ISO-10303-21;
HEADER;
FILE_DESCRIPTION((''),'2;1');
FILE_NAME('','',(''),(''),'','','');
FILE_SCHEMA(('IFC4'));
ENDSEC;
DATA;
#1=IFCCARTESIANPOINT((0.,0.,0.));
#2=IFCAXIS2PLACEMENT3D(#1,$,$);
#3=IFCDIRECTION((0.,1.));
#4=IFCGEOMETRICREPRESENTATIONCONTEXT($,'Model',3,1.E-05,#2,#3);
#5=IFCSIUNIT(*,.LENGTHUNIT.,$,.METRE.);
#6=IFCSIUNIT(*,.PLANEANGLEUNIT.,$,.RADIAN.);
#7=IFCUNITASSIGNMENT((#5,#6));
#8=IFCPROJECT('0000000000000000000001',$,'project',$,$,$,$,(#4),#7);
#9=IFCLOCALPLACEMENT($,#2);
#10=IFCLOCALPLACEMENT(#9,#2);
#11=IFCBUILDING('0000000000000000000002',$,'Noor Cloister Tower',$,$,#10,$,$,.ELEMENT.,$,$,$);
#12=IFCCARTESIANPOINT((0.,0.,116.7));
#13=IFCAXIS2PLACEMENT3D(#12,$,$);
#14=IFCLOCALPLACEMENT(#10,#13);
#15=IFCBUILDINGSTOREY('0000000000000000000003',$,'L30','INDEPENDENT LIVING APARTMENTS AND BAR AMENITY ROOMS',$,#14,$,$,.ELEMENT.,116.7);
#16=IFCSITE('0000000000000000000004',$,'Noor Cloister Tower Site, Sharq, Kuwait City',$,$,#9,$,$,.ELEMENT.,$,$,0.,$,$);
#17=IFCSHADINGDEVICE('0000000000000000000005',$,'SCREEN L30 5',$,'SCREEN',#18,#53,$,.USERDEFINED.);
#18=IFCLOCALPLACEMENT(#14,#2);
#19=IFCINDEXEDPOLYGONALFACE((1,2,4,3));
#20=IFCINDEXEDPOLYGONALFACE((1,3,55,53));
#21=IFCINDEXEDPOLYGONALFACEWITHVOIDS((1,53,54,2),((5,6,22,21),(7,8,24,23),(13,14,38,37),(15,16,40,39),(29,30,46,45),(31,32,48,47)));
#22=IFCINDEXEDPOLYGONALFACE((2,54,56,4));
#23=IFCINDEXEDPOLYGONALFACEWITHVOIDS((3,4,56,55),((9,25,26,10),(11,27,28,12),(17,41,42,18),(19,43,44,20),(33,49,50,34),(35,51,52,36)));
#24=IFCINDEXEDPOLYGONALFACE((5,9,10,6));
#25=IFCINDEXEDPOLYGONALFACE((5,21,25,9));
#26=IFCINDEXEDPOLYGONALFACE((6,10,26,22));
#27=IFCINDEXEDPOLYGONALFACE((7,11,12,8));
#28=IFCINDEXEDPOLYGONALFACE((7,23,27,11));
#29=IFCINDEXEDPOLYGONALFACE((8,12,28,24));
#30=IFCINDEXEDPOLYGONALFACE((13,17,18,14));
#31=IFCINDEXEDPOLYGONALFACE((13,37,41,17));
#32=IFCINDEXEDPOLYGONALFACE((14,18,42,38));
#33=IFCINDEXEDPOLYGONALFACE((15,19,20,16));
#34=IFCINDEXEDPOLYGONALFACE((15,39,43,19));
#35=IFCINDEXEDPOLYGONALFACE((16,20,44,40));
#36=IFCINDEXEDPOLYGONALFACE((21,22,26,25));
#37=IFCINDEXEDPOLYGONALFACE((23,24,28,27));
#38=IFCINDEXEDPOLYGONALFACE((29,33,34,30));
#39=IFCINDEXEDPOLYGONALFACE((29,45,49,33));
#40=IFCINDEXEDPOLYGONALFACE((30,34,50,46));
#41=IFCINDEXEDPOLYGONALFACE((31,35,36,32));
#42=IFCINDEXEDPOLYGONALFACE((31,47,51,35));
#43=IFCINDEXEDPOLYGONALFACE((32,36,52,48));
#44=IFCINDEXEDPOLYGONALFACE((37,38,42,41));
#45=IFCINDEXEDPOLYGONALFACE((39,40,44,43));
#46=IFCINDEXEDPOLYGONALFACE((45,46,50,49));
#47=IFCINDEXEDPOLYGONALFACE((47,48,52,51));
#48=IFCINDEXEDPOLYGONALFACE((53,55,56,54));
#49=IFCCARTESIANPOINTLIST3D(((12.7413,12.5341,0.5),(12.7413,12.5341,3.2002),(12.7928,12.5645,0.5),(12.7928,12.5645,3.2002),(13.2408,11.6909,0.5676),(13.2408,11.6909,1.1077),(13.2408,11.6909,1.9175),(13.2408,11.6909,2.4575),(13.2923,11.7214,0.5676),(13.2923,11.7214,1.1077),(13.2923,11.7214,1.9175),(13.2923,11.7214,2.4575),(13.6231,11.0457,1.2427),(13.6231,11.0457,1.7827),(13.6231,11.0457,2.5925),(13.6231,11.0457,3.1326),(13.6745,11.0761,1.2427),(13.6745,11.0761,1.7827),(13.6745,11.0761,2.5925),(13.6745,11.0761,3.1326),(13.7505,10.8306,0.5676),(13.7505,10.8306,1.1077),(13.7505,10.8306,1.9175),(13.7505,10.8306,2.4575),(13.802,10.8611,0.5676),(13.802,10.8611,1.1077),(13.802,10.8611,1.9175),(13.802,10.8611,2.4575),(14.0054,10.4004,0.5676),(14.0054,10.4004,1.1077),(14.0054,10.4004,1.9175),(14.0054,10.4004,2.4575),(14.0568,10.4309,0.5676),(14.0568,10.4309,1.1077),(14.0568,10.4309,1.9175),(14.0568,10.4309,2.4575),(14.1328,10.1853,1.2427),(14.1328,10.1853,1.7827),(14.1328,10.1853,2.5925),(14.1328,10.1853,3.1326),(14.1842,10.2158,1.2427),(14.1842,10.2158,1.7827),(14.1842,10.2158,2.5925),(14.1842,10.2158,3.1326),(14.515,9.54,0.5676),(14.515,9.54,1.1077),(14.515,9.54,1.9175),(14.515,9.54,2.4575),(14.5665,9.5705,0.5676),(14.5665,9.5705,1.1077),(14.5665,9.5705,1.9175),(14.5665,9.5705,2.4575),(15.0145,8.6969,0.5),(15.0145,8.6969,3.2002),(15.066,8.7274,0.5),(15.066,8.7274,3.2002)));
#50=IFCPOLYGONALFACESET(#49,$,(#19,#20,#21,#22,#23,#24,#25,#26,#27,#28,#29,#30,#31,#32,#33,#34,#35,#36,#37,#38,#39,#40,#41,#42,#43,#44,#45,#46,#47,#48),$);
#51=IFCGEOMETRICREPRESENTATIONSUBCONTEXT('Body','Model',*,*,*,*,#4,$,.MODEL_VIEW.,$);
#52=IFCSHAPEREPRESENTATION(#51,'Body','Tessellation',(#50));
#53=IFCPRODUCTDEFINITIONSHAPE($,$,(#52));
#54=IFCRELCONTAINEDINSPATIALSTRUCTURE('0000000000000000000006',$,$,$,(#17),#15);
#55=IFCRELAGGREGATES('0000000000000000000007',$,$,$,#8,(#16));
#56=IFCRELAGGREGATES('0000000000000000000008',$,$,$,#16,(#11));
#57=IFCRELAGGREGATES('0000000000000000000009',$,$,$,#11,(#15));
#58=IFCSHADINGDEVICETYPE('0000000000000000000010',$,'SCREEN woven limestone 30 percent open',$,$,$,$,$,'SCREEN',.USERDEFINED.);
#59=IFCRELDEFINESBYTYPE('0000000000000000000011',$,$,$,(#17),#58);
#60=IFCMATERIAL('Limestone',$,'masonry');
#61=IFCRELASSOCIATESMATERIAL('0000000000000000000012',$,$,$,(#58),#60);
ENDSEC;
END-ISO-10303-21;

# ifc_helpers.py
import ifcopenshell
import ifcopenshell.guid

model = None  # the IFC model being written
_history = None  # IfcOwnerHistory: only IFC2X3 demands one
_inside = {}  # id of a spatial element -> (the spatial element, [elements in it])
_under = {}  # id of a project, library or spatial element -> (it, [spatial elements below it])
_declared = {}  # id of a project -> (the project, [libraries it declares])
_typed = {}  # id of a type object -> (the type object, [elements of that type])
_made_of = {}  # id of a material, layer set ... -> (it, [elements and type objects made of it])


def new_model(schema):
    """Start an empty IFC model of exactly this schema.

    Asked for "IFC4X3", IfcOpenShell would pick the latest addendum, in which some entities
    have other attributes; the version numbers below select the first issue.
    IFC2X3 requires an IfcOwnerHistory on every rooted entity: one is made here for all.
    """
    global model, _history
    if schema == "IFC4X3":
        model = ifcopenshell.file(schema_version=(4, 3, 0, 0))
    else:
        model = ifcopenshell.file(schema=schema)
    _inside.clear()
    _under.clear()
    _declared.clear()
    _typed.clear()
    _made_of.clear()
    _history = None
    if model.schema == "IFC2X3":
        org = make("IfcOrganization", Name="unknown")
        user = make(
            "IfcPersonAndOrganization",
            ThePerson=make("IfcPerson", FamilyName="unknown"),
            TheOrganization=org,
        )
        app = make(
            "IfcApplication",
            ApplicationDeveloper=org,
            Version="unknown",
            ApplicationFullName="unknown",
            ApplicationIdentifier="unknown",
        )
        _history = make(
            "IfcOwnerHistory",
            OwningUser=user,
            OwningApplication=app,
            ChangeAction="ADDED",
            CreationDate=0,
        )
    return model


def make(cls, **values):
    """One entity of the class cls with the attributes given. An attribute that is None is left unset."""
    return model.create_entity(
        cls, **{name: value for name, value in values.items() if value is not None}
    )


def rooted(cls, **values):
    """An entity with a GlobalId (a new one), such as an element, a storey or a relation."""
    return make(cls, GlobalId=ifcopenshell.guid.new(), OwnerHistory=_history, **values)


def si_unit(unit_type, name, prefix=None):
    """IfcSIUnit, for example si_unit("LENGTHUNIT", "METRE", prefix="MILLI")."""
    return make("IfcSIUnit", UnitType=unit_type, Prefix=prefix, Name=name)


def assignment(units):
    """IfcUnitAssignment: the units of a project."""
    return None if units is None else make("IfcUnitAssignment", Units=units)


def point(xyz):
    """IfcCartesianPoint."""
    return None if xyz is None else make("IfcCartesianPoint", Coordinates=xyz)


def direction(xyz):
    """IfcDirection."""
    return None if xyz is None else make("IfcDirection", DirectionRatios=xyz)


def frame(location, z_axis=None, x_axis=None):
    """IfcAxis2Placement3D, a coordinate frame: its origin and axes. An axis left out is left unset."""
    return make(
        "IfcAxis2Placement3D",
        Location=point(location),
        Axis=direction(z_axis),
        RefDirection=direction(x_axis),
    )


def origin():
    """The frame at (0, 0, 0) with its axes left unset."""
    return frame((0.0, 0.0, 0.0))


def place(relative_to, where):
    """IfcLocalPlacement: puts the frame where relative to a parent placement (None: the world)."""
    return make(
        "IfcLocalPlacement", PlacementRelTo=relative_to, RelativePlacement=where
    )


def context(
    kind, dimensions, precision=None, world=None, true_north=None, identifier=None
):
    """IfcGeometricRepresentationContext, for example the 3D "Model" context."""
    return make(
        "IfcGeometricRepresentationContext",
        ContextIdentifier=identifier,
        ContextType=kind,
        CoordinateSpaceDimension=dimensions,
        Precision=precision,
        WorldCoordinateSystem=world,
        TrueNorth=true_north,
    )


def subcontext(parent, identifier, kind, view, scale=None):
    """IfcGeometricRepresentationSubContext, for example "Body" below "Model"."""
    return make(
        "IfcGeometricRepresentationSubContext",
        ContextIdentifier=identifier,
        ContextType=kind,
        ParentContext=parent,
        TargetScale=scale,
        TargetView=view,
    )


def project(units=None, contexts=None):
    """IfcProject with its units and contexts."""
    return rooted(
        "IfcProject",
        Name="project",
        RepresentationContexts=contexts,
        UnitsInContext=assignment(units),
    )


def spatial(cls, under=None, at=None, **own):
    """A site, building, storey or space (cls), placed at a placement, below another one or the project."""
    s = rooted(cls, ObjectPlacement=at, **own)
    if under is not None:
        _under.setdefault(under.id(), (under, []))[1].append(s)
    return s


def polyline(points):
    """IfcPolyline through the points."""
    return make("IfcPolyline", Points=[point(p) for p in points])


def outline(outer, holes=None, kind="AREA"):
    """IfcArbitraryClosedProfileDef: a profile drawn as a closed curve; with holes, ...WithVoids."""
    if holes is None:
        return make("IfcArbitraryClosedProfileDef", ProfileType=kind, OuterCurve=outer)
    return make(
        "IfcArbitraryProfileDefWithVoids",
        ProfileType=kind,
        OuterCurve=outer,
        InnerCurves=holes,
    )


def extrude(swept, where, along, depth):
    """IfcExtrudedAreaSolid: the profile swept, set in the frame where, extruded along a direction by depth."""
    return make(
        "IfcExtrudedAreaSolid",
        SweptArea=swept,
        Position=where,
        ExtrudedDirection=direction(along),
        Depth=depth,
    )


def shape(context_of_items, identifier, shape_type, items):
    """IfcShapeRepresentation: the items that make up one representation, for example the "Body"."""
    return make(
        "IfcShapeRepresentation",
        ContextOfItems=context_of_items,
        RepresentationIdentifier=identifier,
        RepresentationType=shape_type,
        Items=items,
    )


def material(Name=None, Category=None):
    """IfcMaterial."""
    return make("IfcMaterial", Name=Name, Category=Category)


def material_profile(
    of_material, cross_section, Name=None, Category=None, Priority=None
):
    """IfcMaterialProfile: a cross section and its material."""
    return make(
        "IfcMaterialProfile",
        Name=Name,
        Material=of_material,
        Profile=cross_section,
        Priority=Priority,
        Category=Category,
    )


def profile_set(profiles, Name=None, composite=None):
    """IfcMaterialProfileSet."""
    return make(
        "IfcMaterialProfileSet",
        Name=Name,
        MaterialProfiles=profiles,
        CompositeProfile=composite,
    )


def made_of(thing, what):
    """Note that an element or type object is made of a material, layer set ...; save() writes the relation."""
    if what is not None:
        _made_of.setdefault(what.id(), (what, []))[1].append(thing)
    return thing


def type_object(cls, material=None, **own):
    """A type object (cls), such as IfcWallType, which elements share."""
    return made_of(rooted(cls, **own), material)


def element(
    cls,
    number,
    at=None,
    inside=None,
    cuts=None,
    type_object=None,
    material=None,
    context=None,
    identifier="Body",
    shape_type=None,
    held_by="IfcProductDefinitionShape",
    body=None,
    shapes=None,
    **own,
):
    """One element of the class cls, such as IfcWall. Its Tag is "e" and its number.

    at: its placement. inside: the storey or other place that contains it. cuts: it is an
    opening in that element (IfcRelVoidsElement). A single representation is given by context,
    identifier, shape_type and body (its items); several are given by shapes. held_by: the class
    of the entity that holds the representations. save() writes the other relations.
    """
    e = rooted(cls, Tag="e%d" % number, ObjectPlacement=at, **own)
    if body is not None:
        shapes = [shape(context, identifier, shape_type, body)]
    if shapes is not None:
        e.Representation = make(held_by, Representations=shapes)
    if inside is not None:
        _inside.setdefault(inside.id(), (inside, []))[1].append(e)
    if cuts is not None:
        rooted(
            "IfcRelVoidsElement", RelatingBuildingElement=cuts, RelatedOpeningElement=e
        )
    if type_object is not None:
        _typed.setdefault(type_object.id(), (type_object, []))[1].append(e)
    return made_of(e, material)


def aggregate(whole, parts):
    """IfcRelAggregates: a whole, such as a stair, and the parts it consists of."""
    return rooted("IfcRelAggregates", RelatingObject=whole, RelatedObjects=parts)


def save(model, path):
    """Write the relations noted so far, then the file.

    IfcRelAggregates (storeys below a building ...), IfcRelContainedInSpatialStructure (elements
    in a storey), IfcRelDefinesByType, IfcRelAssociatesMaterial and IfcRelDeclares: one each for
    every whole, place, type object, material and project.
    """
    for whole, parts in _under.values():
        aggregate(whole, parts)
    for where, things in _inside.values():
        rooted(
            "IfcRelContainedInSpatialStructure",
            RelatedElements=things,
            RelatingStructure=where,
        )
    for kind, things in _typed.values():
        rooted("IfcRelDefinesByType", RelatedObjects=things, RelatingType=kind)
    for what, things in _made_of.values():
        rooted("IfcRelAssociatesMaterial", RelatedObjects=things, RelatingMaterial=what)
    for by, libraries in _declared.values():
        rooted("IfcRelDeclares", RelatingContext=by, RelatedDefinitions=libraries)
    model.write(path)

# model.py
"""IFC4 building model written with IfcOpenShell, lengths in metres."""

from ifc_helpers import new_model, si_unit, direction, frame, origin, place, context, subcontext, project, spatial, polyline, outline, extrude, material, material_profile, profile_set, type_object, element, save


model = new_model("IFC4")

# Units and contexts
model_context = context("Model", 3, precision=1e-05, world=origin(), true_north=direction((0.0, 1.0)))
body_context = subcontext(model_context, "Body", "Model", "MODEL_VIEW")
ifc_project = project(units=[si_unit("LENGTHUNIT", "METRE"), si_unit("PLANEANGLEUNIT", "RADIAN")], contexts=[model_context])

# Site, building, storey
site_placement = place(None, origin())
site = spatial("IfcSite", under=ifc_project, at=site_placement, Name="Noor Cloister Tower Site, Sharq, Kuwait City", CompositionType="ELEMENT", RefElevation=0.0)
building_placement = place(site_placement, origin())
building = spatial("IfcBuilding", under=site, at=building_placement, Name="Noor Cloister Tower", CompositionType="ELEMENT")
storey_placement = place(building_placement, frame((0.0, 0.0, 116.7)))
storey = spatial("IfcBuildingStorey", under=building, at=storey_placement, Name="L30", Description="INDEPENDENT LIVING APARTMENTS AND BAR AMENITY ROOMS", CompositionType="ELEMENT", Elevation=116.7)

# Shading device
ifc_material_1 = material(Name="Limestone", Category="masonry")
ifc_material_profile = material_profile(ifc_material_1, outline(polyline([(-2.23, -1.3501), (2.23, -1.3501), (2.23, 1.3501), (-2.23, 1.3501), (-2.23, -1.3501)]), holes=[polyline([(-1.25, -1.2825), (-0.25, -1.2825), (-0.25, -0.7424), (-1.25, -0.7424), (-1.25, -1.2825)]), polyline([(0.25, -1.2825), (1.25, -1.2825), (1.25, -0.7424), (0.25, -0.7424), (0.25, -1.2825)]), polyline([(-0.5, -0.6074), (0.5, -0.6074), (0.5, -0.0674), (-0.5, -0.0674), (-0.5, -0.6074)]), polyline([(-1.25, 0.0674), (-0.25, 0.0674), (-0.25, 0.6074), (-1.25, 0.6074), (-1.25, 0.0674)]), polyline([(0.25, 0.0674), (1.25, 0.0674), (1.25, 0.6074), (0.25, 0.6074), (0.25, 0.0674)]), polyline([(-0.5, 0.7424), (0.5, 0.7424), (0.5, 1.2825), (-0.5, 1.2825), (-0.5, 0.7424)])]), Name="Woven screen 30 percent open")
ifc_profile_set = profile_set([ifc_material_profile], Name="Limestone")
shading_device_type = type_object("IfcShadingDeviceType", Name="SCREEN woven limestone 30 percent open", ElementType="SCREEN", PredefinedType="USERDEFINED", material=ifc_profile_set)
shading_device_placement = place(storey_placement, frame((13.8779, 10.6155, 1.8501), z_axis=(0.860358, 0.509691, 0.0), x_axis=(-0.509691, 0.860358, 0.0)))
element("IfcShadingDevice", 1, at=shading_device_placement, inside=storey, type_object=shading_device_type, Name="SCREEN L30 5", ObjectType="SCREEN", PredefinedType="USERDEFINED", context=body_context, shape_type="SweptSolid", body=[
    extrude(outline(polyline([(-2.23, -1.3501), (2.23, -1.3501), (2.23, 1.3501), (-2.23, 1.3501), (-2.23, -1.3501)]), holes=[polyline([(-1.25, -1.2825), (-0.25, -1.2825), (-0.25, -0.7424), (-1.25, -0.7424), (-1.25, -1.2825)]), polyline([(0.25, -1.2825), (1.25, -1.2825), (1.25, -0.7424), (0.25, -0.7424), (0.25, -1.2825)]), polyline([(-0.5, -0.6074), (0.5, -0.6074), (0.5, -0.0674), (-0.5, -0.0674), (-0.5, -0.6074)]), polyline([(-1.25, 0.0674), (-0.25, 0.0674), (-0.25, 0.6074), (-1.25, 0.6074), (-1.25, 0.0674)]), polyline([(0.25, 0.0674), (1.25, 0.0674), (1.25, 0.6074), (0.25, 0.6074), (0.25, 0.0674)]), polyline([(-0.5, 0.7424), (0.5, 0.7424), (0.5, 1.2825), (-0.5, 1.2825), (-0.5, 0.7424)])]), origin(), (0.0, 0.0, 1.0), 0.0598),
])

save(model, "model.ifc")
